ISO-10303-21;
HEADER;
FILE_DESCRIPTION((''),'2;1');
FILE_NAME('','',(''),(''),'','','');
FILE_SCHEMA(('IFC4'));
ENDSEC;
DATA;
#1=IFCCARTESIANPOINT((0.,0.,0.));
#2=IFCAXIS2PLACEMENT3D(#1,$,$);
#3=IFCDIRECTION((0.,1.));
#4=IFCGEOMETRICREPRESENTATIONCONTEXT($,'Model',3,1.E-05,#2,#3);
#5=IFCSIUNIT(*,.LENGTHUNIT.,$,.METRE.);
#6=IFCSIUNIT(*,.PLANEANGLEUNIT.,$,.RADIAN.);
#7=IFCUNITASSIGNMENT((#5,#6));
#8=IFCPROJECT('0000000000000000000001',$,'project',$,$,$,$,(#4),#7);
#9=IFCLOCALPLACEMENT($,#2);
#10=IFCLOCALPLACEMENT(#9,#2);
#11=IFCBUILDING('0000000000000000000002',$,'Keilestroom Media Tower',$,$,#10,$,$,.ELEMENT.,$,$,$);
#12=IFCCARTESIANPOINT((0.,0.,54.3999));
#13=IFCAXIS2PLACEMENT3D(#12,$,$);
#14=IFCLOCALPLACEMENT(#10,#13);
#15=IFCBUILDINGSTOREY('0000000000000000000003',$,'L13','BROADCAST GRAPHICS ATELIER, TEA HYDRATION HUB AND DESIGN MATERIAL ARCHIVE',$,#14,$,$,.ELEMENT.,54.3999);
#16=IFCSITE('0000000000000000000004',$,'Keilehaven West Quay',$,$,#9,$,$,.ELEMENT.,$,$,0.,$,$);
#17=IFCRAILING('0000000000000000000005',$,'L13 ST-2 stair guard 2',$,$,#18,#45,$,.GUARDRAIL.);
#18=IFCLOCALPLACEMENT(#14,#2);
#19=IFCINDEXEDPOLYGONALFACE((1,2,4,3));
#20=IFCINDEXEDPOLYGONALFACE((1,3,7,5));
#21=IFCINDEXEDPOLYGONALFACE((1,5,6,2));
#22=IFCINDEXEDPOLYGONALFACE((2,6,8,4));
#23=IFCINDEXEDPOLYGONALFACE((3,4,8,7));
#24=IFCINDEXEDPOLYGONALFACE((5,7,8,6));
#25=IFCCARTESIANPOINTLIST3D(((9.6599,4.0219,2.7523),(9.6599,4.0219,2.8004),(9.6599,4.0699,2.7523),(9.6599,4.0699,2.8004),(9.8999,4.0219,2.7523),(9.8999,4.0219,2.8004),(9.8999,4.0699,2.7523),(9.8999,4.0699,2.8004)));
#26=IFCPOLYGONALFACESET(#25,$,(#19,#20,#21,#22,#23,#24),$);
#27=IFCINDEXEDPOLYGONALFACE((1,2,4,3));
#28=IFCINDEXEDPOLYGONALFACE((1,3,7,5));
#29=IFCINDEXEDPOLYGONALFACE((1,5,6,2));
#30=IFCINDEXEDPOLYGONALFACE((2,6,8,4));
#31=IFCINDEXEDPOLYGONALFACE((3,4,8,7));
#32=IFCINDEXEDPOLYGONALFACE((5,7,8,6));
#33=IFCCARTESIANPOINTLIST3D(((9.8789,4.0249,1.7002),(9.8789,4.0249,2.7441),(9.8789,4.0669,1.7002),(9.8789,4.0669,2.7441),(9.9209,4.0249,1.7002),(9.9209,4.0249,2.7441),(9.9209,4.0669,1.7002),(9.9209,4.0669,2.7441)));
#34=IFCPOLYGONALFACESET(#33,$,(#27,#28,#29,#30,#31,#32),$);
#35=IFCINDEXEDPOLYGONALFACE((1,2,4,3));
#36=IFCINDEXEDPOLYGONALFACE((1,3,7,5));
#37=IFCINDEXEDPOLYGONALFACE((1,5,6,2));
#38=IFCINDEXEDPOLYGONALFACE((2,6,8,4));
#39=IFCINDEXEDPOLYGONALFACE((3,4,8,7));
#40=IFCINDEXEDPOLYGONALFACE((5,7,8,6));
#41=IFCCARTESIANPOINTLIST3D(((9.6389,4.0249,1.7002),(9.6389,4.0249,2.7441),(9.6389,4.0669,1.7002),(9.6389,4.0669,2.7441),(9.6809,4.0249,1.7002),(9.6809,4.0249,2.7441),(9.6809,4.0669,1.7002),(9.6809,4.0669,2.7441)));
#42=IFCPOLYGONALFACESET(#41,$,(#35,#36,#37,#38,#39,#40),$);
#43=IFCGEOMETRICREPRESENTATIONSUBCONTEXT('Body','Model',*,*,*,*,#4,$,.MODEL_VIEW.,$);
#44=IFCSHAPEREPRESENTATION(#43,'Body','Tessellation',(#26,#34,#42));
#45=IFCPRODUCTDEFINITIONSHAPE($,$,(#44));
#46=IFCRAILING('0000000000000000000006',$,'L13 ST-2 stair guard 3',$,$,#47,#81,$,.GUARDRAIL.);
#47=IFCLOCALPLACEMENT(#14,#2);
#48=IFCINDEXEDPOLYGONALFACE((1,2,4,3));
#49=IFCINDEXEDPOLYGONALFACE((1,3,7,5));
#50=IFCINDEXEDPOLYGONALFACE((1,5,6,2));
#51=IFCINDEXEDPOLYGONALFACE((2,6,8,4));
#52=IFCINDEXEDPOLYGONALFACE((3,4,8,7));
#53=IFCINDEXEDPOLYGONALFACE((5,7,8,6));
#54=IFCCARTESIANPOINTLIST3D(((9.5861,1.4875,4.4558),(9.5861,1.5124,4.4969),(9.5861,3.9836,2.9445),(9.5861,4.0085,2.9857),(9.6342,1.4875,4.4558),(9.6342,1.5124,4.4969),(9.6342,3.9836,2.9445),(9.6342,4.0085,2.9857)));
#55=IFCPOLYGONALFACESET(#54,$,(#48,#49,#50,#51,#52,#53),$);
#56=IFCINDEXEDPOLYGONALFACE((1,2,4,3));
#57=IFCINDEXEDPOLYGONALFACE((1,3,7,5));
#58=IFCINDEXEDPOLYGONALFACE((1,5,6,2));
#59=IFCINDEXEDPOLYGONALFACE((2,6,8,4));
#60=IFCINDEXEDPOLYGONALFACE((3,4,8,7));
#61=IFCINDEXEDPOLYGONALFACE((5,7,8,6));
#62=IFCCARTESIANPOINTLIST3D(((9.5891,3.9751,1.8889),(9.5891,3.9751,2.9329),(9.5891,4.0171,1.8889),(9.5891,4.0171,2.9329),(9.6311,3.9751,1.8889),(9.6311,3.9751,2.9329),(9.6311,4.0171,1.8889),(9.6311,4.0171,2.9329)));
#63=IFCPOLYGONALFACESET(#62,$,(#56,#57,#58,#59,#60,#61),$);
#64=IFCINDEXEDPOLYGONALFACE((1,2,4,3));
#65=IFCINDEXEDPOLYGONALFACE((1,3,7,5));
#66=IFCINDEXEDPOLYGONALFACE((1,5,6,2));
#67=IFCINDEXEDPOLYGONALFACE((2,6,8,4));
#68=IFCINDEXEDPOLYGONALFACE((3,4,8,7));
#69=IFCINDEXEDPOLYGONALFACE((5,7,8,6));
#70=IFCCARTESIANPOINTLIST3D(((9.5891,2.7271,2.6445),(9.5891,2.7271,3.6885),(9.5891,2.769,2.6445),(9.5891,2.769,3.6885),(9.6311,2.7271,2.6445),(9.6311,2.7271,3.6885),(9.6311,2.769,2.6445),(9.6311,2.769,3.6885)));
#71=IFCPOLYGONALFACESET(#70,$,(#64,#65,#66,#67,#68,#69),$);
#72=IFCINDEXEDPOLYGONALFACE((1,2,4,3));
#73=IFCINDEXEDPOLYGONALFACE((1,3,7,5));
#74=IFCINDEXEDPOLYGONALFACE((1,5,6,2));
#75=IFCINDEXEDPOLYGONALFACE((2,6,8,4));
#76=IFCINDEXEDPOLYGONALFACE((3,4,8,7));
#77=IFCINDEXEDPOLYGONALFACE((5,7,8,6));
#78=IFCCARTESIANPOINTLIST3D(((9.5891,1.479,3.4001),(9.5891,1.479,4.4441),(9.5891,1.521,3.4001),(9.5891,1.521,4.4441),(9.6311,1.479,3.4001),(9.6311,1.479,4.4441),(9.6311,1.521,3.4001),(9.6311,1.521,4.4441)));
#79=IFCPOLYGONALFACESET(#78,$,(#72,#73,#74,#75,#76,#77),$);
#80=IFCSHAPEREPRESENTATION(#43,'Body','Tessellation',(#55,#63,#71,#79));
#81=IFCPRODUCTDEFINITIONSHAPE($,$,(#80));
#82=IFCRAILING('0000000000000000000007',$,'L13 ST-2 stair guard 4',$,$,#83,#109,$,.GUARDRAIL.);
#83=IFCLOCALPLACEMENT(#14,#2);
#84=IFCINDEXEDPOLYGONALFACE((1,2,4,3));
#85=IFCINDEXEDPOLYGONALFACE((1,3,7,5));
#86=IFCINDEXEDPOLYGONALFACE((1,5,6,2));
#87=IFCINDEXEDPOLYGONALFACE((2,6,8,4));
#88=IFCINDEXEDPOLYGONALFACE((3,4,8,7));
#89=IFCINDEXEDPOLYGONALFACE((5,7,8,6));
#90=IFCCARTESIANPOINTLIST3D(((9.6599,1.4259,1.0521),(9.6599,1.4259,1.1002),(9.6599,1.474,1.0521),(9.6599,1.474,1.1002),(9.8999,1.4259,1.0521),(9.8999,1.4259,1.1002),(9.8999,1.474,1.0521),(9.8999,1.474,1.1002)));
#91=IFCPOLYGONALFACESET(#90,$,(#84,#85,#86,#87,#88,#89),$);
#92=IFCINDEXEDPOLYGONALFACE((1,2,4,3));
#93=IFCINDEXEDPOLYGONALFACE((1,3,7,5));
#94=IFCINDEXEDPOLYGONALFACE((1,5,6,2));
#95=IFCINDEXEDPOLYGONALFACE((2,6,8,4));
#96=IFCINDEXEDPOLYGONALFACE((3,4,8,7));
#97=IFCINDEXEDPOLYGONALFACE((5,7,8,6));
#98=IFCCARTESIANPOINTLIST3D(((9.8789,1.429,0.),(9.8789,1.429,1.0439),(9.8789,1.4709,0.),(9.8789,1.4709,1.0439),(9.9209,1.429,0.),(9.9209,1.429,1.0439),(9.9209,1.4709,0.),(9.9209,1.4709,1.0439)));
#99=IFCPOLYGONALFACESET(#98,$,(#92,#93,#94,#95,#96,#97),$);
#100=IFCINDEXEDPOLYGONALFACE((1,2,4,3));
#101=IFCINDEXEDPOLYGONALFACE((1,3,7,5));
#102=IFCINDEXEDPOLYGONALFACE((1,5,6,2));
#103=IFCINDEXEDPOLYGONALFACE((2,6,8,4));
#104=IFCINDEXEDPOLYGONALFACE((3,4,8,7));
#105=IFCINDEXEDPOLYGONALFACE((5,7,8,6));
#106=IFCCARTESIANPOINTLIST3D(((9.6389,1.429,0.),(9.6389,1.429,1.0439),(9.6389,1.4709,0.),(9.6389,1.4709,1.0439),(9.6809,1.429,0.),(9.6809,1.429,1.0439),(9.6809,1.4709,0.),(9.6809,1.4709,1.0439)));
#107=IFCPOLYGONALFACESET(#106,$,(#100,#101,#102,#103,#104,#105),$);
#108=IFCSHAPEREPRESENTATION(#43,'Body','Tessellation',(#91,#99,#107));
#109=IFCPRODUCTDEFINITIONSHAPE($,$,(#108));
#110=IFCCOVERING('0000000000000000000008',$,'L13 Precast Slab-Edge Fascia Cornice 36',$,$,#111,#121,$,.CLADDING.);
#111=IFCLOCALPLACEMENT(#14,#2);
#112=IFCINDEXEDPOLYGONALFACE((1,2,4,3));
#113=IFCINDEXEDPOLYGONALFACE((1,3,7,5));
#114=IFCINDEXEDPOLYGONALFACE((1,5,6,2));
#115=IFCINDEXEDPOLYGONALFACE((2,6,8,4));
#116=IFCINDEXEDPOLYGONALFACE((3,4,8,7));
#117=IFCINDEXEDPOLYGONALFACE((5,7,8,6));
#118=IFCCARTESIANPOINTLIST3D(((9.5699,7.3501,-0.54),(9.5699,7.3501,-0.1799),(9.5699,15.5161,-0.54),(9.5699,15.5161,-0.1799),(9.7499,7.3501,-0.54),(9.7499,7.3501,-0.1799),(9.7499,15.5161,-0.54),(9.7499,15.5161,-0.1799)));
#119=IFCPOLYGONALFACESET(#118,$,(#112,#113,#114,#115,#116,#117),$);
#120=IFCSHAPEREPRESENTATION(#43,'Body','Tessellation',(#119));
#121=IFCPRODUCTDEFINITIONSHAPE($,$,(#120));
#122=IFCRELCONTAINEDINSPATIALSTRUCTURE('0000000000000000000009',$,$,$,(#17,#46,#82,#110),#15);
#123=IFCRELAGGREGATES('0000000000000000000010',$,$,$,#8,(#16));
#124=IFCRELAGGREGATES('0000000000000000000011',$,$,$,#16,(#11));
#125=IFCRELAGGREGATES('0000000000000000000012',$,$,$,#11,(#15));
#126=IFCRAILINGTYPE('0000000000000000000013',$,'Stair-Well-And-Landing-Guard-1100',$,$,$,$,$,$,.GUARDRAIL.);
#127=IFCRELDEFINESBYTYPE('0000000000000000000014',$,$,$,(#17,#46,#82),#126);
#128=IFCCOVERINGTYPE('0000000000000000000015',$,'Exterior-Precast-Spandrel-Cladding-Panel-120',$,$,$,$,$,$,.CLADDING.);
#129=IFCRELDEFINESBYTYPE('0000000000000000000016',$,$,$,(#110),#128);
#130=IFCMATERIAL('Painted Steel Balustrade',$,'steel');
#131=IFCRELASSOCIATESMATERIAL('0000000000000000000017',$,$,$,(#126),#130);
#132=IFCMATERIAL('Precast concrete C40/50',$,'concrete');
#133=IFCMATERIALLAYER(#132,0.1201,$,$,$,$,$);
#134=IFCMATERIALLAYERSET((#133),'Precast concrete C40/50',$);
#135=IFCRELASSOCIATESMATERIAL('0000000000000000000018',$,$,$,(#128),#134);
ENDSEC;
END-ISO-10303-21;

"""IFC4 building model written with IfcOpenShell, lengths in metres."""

from ifc_helpers import new_model, si_unit, direction, frame, origin, origin_2d, place, context, subcontext, project, spatial, rectangle, extrude, source, transform, mapped, material, layer, layer_set, type_object, element, save


model = new_model("IFC4")

# Units and contexts
model_context = context("Model", 3, precision=1e-05, world=origin(), true_north=direction((0.0, 1.0)))
body_context = subcontext(model_context, "Body", "Model", "MODEL_VIEW")
ifc_project = project(units=[si_unit("LENGTHUNIT", "METRE"), si_unit("PLANEANGLEUNIT", "RADIAN")], contexts=[model_context])

# Site, building, storey
site_placement = place(None, origin())
site = spatial("IfcSite", under=ifc_project, at=site_placement, Name="Keilehaven West Quay", CompositionType="ELEMENT", RefElevation=0.0)
building_placement = place(site_placement, origin())
building = spatial("IfcBuilding", under=site, at=building_placement, Name="Keilestroom Media Tower", CompositionType="ELEMENT")
storey_placement = place(building_placement, frame((0.0, 0.0, 54.3999)))
storey = spatial("IfcBuildingStorey", under=building, at=storey_placement, Name="L13", Description="BROADCAST GRAPHICS ATELIER, TEA HYDRATION HUB AND DESIGN MATERIAL ARCHIVE", CompositionType="ELEMENT", Elevation=54.3999)

# Shared definitions
ifc_material_1 = material(Name="Precast concrete C40/50", Category="concrete")

# Railings
ifc_material_2 = material(Name="Painted Steel Balustrade", Category="steel")
railing_type_1 = type_object("IfcRailingType", Name="Stair-Well-And-Landing-Guard-1100", PredefinedType="GUARDRAIL", material=ifc_material_2)
railing_1_placement = place(storey_placement, frame((9.8999, 4.0459, 1.7002)))
element("IfcRailing", 1, at=railing_1_placement, inside=storey, type_object=railing_type_1, Name="L13 ST-2 stair guard 2", PredefinedType="GUARDRAIL", context=body_context, shape_type="SweptSolid", body=[
    extrude(rectangle(XDim=0.0481, YDim=0.0481, at=origin_2d()), frame((0.0, 0.0, 1.0762), z_axis=(-1.0, 0.0, 0.0), x_axis=(0.0, -1.0, 0.0)), (0.0, 0.0, 1.0), 0.24),
    extrude(rectangle(XDim=0.042, YDim=0.042, at=origin_2d()), origin(), (0.0, 0.0, 1.0), 1.0439),
    extrude(rectangle(XDim=0.042, YDim=0.042, at=origin_2d()), frame((-0.24, 0.0, 0.0)), (0.0, 0.0, 1.0), 1.0439),
])
railing_2_placement = place(storey_placement, frame((9.6101, 3.9961, 1.8889)))
element("IfcRailing", 2, at=railing_2_placement, inside=storey, type_object=railing_type_1, Name="L13 ST-2 stair guard 3", PredefinedType="GUARDRAIL", context=body_context, shape_type="SweptSolid", body=[
    extrude(rectangle(XDim=0.0481, YDim=0.0481, at=origin_2d()), frame((0.0, 0.0, 1.0762), z_axis=(0.0, -0.855434, 0.517912), x_axis=(1.0, 0.0, 0.0)), (0.0, 0.0, 1.0), 2.918),
    extrude(rectangle(XDim=0.042, YDim=0.042, at=origin_2d()), origin(), (0.0, 0.0, 1.0), 1.0439),
    extrude(rectangle(XDim=0.042, YDim=0.042, at=origin_2d()), frame((0.0, -1.248, 0.7556)), (0.0, 0.0, 1.0), 1.0439),
    extrude(rectangle(XDim=0.042, YDim=0.042, at=origin_2d()), frame((0.0, -2.4961, 1.5112)), (0.0, 0.0, 1.0), 1.0439),
])
railing_3_placement = place(storey_placement, frame((9.8999, 1.45, 0.0)))
element("IfcRailing", 3, at=railing_3_placement, inside=storey, type_object=railing_type_1, Name="L13 ST-2 stair guard 4", PredefinedType="GUARDRAIL", context=body_context, shape_type="SweptSolid", body=[
    extrude(rectangle(XDim=0.0481, YDim=0.0481, at=origin_2d()), frame((0.0, 0.0, 1.0762), z_axis=(-1.0, 0.0, 0.0), x_axis=(0.0, -1.0, 0.0)), (0.0, 0.0, 1.0), 0.24),
    extrude(rectangle(XDim=0.042, YDim=0.042, at=origin_2d()), origin(), (0.0, 0.0, 1.0), 1.0439),
    extrude(rectangle(XDim=0.042, YDim=0.042, at=origin_2d()), frame((-0.24, 0.0, 0.0)), (0.0, 0.0, 1.0), 1.0439),
])

# Covering
ifc_layer_1 = layer(ifc_material_1, 0.1201)
ifc_layer_set_1 = layer_set([ifc_layer_1], Name="Precast concrete C40/50")
covering_type = type_object("IfcCoveringType", Name="Exterior-Precast-Spandrel-Cladding-Panel-120", PredefinedType="CLADDING", material=ifc_layer_set_1)
shared_shape_1 = source(origin(), body_context, "Body", "SweptSolid", [
    extrude(rectangle(XDim=8.166, YDim=0.1799, at=origin_2d()), origin(), (0.0, 0.0, 1.0), 0.3601),
])
covering_placement = place(storey_placement, frame((9.6599, 11.4331, -0.54), z_axis=(0.0, 0.0, 1.0), x_axis=(0.0, -1.0, 0.0)))
element("IfcCovering", 4, at=covering_placement, inside=storey, type_object=covering_type, Name="L13 Precast Slab-Edge Fascia Cornice 36", PredefinedType="CLADDING", context=body_context, shape_type="MappedRepresentation", body=[
    mapped(shared_shape_1, transform((0.0, 0.0, 0.0), x_axis=(1.0, 0.0, 0.0), y_axis=(0.0, 1.0, 0.0), z_axis=(0.0, 0.0, 1.0), scale=1.0)),
])

save(model, "model.ifc")
